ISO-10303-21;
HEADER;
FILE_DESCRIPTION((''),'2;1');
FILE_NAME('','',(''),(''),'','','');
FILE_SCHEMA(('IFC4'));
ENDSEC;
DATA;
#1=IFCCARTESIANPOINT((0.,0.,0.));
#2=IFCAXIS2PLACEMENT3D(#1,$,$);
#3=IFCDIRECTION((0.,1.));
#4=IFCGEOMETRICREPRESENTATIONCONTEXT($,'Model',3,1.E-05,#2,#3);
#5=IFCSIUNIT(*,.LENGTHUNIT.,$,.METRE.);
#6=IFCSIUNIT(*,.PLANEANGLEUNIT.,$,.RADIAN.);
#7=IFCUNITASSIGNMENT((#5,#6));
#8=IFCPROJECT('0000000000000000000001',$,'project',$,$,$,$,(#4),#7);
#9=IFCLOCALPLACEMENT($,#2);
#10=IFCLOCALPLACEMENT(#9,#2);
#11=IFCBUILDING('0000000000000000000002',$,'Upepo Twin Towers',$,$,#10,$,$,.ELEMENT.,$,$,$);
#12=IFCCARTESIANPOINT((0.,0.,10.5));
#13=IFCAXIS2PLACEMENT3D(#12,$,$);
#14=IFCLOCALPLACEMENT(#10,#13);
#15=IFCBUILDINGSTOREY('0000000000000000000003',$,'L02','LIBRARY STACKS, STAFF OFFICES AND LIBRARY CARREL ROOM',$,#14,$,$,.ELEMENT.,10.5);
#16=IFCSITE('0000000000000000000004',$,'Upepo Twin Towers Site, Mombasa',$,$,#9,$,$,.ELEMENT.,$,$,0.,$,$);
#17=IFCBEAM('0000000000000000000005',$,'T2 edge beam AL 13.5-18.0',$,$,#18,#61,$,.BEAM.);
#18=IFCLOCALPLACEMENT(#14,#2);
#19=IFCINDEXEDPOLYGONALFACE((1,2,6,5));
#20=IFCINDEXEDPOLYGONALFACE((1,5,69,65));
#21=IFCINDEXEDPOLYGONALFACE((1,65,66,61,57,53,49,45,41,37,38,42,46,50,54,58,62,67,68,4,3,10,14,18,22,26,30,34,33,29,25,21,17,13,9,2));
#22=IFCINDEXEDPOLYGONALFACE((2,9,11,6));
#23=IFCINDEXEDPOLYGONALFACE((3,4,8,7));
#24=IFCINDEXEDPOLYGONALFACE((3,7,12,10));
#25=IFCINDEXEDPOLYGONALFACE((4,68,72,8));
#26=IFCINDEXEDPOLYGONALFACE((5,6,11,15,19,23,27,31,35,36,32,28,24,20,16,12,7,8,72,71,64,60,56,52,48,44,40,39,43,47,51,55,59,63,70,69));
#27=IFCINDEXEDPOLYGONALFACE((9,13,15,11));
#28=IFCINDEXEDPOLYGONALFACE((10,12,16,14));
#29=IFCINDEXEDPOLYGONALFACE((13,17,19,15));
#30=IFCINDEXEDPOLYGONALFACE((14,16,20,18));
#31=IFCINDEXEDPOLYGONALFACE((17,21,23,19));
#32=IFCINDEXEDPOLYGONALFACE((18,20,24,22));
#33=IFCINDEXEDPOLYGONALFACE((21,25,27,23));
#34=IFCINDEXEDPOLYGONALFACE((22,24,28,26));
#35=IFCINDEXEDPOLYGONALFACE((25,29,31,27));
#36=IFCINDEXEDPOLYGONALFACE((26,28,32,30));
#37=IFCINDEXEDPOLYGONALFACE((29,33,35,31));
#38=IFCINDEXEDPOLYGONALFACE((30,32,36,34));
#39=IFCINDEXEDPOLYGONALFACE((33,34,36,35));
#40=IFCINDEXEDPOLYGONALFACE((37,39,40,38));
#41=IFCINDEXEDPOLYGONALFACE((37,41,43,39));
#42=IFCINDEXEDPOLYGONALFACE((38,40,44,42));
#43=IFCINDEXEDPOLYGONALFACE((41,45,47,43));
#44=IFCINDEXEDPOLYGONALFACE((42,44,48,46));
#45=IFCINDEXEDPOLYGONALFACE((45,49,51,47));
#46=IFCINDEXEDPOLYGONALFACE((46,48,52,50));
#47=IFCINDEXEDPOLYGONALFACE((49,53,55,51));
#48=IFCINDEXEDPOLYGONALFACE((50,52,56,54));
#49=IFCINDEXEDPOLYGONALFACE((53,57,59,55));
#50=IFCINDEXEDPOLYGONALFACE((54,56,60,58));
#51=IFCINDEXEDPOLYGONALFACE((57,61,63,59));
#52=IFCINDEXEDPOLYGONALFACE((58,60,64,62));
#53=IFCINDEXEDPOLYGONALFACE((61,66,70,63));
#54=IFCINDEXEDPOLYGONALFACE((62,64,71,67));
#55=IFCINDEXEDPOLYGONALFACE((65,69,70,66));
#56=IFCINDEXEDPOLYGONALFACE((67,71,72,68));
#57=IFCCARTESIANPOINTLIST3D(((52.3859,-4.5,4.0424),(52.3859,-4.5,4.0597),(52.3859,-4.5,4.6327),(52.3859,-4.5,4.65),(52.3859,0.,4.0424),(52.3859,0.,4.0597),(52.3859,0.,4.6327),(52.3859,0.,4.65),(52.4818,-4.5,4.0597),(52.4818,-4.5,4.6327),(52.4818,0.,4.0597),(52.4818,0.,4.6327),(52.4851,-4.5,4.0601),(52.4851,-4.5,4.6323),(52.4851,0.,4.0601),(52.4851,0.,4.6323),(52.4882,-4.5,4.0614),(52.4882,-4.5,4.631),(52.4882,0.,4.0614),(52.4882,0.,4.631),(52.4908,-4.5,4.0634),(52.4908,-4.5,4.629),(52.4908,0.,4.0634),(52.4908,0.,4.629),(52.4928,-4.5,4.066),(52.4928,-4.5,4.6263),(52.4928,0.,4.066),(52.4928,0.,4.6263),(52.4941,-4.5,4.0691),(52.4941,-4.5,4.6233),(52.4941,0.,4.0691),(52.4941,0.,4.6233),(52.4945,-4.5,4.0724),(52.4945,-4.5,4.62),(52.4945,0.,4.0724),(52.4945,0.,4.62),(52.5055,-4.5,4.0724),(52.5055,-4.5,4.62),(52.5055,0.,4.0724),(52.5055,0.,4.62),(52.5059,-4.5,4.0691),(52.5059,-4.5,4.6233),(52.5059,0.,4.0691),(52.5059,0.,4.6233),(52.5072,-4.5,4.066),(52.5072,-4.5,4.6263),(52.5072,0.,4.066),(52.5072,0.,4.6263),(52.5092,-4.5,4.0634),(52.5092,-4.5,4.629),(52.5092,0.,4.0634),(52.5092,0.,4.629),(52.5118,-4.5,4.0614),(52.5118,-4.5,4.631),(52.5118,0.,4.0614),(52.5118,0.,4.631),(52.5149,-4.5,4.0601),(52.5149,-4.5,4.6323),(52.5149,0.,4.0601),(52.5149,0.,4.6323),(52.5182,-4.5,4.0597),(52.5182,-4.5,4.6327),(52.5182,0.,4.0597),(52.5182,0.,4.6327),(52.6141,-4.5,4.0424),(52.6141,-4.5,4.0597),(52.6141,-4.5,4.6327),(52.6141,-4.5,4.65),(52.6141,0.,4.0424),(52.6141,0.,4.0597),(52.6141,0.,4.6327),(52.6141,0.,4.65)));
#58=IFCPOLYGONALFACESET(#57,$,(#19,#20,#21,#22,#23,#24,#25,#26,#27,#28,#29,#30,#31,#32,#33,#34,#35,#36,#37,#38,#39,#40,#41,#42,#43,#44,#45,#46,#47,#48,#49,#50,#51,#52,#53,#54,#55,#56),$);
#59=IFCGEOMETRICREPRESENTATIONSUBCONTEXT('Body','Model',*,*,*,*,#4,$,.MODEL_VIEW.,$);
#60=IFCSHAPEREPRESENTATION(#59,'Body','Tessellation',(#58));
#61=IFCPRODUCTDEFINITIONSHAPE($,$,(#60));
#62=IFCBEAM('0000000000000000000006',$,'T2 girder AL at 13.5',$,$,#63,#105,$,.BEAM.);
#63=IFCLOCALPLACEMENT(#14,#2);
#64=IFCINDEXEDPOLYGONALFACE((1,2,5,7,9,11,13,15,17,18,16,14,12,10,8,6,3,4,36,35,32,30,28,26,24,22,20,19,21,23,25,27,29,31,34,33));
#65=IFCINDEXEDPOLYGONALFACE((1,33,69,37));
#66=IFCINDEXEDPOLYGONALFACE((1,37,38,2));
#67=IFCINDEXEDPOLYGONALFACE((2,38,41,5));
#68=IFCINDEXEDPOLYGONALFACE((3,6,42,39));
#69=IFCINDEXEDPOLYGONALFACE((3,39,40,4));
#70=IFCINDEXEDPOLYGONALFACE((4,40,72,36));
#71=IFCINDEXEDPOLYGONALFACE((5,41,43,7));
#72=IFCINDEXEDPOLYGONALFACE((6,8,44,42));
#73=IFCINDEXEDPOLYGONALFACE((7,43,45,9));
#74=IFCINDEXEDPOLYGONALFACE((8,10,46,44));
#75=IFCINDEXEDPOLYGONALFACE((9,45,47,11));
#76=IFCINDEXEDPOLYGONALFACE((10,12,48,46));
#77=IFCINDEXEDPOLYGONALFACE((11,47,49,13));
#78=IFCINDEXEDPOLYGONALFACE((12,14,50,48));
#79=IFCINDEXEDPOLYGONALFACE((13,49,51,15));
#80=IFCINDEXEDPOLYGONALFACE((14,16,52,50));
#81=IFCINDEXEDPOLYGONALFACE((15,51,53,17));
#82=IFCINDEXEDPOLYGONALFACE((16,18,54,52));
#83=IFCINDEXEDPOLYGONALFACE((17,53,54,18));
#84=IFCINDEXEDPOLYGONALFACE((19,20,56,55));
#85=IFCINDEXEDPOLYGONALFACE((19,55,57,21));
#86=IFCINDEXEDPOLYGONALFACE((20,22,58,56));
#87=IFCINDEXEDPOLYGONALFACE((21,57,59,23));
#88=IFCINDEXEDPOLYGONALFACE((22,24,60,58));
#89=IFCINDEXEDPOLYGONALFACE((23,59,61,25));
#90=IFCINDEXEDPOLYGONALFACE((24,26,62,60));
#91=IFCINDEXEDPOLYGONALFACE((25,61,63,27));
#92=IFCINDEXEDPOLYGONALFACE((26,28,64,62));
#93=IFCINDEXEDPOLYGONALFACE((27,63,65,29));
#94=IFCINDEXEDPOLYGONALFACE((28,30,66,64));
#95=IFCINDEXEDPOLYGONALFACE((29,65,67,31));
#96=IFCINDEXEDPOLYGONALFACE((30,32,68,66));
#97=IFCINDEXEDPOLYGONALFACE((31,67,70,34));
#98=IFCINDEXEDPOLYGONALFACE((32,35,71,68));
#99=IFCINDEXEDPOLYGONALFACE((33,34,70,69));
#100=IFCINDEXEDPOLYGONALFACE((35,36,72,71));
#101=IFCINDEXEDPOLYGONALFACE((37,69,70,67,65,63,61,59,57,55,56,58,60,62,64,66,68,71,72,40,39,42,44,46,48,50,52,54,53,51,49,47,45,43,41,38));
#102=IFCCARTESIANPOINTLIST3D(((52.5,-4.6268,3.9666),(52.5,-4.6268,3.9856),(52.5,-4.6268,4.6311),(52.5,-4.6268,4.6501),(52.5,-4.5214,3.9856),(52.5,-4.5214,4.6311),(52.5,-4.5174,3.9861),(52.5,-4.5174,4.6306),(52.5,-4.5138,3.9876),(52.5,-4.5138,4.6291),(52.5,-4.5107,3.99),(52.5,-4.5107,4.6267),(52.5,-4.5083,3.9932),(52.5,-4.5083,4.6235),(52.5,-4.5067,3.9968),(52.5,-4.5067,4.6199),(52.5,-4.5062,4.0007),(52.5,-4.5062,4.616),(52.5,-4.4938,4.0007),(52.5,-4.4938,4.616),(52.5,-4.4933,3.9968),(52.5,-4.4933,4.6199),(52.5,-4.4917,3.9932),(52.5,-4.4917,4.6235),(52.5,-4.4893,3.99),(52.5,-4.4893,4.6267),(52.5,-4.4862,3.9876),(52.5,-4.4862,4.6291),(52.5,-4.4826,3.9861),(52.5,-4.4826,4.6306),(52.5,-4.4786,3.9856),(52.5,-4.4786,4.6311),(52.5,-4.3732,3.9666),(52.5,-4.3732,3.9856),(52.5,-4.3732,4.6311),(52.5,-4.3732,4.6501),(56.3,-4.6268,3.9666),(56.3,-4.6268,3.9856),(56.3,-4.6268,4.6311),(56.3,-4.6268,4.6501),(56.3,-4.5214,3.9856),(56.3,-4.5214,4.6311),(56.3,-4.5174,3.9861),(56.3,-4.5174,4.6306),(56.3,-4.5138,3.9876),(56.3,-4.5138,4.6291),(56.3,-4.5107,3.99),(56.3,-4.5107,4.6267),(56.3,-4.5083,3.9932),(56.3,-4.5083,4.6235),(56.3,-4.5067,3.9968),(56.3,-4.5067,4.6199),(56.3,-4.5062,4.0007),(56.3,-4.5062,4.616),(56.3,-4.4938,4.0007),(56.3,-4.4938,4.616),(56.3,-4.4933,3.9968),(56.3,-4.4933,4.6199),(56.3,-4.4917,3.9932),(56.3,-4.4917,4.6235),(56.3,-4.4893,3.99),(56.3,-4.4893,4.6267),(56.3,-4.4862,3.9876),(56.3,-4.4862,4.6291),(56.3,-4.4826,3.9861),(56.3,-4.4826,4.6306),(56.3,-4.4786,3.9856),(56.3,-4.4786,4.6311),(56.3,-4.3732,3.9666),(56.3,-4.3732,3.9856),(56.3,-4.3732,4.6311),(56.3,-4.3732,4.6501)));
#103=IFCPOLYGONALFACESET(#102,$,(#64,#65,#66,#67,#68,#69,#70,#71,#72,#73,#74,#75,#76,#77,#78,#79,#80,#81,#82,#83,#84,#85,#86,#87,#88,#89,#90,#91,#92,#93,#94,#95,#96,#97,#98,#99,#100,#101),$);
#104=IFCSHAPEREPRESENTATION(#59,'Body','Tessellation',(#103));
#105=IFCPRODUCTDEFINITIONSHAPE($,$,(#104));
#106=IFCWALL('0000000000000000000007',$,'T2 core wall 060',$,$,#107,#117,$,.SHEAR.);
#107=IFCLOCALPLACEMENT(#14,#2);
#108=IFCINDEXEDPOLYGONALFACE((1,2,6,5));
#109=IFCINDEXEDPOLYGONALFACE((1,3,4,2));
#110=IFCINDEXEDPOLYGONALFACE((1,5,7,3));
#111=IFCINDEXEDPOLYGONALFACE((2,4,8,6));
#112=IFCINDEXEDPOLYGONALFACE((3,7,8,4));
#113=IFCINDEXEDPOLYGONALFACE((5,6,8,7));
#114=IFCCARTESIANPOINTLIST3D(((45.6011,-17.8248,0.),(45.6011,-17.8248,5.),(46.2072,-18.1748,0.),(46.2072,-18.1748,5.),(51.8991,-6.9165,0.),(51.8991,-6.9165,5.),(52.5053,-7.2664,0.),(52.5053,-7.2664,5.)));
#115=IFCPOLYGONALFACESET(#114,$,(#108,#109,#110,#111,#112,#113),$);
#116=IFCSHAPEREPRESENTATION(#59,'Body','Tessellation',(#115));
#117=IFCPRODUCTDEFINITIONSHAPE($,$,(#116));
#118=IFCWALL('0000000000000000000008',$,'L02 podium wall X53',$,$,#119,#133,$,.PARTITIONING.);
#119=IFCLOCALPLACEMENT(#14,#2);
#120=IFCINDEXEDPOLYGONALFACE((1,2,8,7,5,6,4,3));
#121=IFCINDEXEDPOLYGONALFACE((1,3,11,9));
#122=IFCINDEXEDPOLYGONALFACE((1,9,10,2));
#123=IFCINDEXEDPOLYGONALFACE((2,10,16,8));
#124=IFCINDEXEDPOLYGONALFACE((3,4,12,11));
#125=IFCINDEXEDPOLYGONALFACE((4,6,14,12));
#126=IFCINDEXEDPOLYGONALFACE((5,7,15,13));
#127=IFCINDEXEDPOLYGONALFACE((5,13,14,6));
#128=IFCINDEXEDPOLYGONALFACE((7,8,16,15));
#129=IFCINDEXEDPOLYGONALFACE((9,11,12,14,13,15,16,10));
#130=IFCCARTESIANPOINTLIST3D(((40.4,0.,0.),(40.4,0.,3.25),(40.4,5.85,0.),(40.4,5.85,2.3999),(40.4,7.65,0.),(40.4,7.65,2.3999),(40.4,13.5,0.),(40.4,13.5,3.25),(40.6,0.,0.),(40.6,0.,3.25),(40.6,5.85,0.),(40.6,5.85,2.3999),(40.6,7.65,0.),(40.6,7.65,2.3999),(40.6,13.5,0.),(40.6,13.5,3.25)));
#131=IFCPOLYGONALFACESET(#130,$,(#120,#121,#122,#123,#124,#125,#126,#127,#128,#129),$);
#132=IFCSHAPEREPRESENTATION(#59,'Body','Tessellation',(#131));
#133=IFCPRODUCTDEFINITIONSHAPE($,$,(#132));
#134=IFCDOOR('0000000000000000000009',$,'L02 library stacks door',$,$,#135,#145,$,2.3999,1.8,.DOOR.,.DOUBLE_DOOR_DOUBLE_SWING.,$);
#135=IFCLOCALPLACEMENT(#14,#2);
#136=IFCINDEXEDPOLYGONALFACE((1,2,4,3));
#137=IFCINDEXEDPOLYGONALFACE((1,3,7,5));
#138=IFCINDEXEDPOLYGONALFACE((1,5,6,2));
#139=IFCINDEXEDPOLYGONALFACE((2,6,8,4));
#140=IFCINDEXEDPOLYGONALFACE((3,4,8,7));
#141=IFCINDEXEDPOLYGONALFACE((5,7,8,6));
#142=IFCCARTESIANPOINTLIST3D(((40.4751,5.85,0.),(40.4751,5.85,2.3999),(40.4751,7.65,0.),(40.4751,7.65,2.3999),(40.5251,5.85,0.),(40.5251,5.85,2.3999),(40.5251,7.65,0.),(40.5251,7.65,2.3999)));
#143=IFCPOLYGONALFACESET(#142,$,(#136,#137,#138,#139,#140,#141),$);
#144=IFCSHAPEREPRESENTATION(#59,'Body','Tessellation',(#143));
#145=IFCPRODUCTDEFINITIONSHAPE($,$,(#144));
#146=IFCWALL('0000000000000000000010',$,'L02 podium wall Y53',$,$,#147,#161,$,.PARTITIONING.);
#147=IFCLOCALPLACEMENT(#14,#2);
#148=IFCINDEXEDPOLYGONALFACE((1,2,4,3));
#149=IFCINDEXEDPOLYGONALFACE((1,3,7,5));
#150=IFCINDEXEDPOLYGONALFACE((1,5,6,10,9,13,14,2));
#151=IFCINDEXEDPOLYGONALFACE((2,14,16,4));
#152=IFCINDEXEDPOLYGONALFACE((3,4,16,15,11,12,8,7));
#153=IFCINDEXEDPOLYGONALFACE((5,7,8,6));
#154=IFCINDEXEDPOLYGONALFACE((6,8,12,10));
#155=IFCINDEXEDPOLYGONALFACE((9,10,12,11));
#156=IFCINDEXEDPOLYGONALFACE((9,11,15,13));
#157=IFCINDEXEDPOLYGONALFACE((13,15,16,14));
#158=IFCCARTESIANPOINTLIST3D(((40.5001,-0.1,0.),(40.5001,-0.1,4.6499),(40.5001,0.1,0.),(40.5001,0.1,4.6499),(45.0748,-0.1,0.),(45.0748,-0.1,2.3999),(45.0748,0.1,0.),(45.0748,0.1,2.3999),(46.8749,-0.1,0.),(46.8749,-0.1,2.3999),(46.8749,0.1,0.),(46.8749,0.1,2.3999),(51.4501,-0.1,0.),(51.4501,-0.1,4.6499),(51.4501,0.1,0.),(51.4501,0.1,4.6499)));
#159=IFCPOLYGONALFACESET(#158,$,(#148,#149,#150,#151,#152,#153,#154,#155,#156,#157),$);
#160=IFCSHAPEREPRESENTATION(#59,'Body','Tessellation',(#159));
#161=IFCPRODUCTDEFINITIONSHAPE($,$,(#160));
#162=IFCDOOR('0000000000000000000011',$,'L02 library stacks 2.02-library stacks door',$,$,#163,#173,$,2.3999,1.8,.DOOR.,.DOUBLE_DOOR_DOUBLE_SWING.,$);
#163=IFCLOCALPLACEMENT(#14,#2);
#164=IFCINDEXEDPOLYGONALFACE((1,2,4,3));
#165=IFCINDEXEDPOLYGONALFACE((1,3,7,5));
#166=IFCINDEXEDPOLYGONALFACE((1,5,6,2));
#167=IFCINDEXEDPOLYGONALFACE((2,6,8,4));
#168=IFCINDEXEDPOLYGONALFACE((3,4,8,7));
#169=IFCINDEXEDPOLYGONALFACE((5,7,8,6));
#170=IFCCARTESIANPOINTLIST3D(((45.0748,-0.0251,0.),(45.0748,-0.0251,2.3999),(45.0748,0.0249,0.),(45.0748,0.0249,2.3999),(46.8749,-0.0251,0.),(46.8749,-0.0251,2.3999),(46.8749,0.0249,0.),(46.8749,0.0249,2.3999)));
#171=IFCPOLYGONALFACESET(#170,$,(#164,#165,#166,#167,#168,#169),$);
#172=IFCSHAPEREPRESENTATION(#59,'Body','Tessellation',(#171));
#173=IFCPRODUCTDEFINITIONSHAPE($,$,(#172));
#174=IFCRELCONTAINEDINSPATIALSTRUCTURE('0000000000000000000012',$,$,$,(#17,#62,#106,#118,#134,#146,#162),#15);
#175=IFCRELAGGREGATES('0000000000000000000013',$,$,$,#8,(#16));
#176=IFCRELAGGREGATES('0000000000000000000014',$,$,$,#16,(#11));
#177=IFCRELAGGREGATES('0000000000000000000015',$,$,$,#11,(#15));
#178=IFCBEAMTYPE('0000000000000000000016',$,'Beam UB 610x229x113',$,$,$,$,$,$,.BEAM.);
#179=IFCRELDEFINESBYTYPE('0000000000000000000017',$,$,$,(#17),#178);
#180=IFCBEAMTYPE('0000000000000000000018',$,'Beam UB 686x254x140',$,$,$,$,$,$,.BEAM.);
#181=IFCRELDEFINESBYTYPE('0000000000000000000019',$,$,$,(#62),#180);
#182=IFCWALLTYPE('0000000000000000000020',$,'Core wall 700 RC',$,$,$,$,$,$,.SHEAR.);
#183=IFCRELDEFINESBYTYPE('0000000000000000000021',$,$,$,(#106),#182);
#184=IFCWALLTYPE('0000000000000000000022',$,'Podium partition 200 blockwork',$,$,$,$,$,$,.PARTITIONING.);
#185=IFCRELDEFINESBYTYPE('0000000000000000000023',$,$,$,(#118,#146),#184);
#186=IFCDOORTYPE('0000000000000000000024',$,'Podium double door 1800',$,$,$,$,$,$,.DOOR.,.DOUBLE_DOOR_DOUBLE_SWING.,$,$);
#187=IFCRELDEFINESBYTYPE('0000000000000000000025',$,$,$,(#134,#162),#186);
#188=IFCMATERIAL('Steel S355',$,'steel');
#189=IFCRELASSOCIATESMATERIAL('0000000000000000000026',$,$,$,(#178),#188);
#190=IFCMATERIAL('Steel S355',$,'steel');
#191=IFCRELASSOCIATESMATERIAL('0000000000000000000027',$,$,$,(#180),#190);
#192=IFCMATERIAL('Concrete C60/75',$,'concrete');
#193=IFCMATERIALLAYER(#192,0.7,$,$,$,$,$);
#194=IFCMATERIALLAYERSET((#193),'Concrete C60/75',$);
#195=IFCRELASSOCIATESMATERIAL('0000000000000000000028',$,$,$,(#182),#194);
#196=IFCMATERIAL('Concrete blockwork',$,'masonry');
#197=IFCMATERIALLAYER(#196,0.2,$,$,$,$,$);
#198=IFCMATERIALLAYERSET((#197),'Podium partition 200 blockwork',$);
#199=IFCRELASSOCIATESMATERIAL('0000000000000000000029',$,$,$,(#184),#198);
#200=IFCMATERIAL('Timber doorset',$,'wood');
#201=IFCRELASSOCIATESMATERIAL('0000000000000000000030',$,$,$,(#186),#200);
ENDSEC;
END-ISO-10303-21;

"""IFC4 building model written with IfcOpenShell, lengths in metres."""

from ifc_helpers import new_model, si_unit, direction, frame, frame_2d, origin, origin_2d, place, context, subcontext, project, spatial, rectangle, i_section, extrude, material, layer, layer_set, material_profile, profile_set, type_object, element, fill, save


model = new_model("IFC4")

# Units and contexts
model_context = context("Model", 3, precision=1e-05, world=origin(), true_north=direction((0.0, 1.0)))
body_context = subcontext(model_context, "Body", "Model", "MODEL_VIEW")
ifc_project = project(units=[si_unit("LENGTHUNIT", "METRE"), si_unit("PLANEANGLEUNIT", "RADIAN")], contexts=[model_context])

# Site, building, storey
site_placement = place(None, origin())
site = spatial("IfcSite", under=ifc_project, at=site_placement, Name="Upepo Twin Towers Site, Mombasa", CompositionType="ELEMENT", RefElevation=0.0)
building_placement = place(site_placement, origin())
building = spatial("IfcBuilding", under=site, at=building_placement, Name="Upepo Twin Towers", CompositionType="ELEMENT")
storey_placement = place(building_placement, frame((0.0, 0.0, 10.5)))
storey = spatial("IfcBuildingStorey", under=building, at=storey_placement, Name="L02", Description="LIBRARY STACKS, STAFF OFFICES AND LIBRARY CARREL ROOM", CompositionType="ELEMENT", Elevation=10.5)

# Beams
ifc_material_1 = material(Name="Steel S355", Category="steel")
ifc_material_profile_1 = material_profile(ifc_material_1, i_section(OverallWidth=0.2283, OverallDepth=0.6077, WebThickness=0.011, FlangeThickness=0.0173, FilletRadius=0.0127, at=origin_2d()), Name="UB 610x229x113")
ifc_profile_set_1 = profile_set([ifc_material_profile_1], Name="Steel S355")
beam_type_1 = type_object("IfcBeamType", Name="Beam UB 610x229x113", PredefinedType="BEAM", material=ifc_profile_set_1)
beam_1_placement = place(storey_placement, frame((52.5, -4.5, 4.3462), z_axis=(0.0, 1.0, 0.0), x_axis=(-1.0, 0.0, 0.0)))
element("IfcBeam", 1, at=beam_1_placement, inside=storey, type_object=beam_type_1, Name="T2 edge beam AL 13.5-18.0", PredefinedType="BEAM", context=body_context, shape_type="SweptSolid", body=[
    extrude(i_section(OverallWidth=0.2283, OverallDepth=0.6077, WebThickness=0.011, FlangeThickness=0.0173, FilletRadius=0.0127, at=origin_2d()), origin(), (0.0, 0.0, 1.0), 4.5),
])
ifc_material_2 = material(Name="Steel S355", Category="steel")
ifc_material_profile_2 = material_profile(ifc_material_2, i_section(OverallWidth=0.2537, OverallDepth=0.6836, WebThickness=0.0125, FlangeThickness=0.019, FilletRadius=0.0151, at=origin_2d()), Name="UB 686x254x140")
ifc_profile_set_2 = profile_set([ifc_material_profile_2], Name="Steel S355")
beam_type_2 = type_object("IfcBeamType", Name="Beam UB 686x254x140", PredefinedType="BEAM", material=ifc_profile_set_2)
beam_2_placement = place(storey_placement, frame((52.5, -4.5, 4.3083), z_axis=(1.0, 0.0, 0.0), x_axis=(0.0, 1.0, 0.0)))
element("IfcBeam", 2, at=beam_2_placement, inside=storey, type_object=beam_type_2, Name="T2 girder AL at 13.5", PredefinedType="BEAM", context=body_context, shape_type="SweptSolid", body=[
    extrude(i_section(OverallWidth=0.2537, OverallDepth=0.6836, WebThickness=0.0125, FlangeThickness=0.019, FilletRadius=0.0151, at=origin_2d()), origin(), (0.0, 0.0, 1.0), 3.8),
])

# Wall
ifc_material_3 = material(Name="Concrete C60/75", Category="concrete")
ifc_layer_1 = layer(ifc_material_3, 0.7)
ifc_layer_set_1 = layer_set([ifc_layer_1], Name="Concrete C60/75")
wall_type_1 = type_object("IfcWallType", Name="Core wall 700 RC", PredefinedType="SHEAR", material=ifc_layer_set_1)
wall_1_placement = place(storey_placement, frame((52.2021, -7.0916, 0.0), z_axis=(0.0, 0.0, 1.0), x_axis=(-0.500006, -0.866022, 0.0)))
element("IfcWall", 3, at=wall_1_placement, inside=storey, type_object=wall_type_1, Name="T2 core wall 060", PredefinedType="SHEAR", context=body_context, shape_type="SweptSolid", body=[
    extrude(rectangle(XDim=12.5959, YDim=0.7, at=frame_2d((6.2979, 0.0))), origin(), (0.0, 0.0, 1.0), 5.0),
])

# Walls, openings, doors
ifc_material_4 = material(Name="Concrete blockwork", Category="masonry")
ifc_layer_2 = layer(ifc_material_4, 0.2)
ifc_layer_set_2 = layer_set([ifc_layer_2], Name="Podium partition 200 blockwork")
wall_type_2 = type_object("IfcWallType", Name="Podium partition 200 blockwork", PredefinedType="PARTITIONING", material=ifc_layer_set_2)
wall_2_placement = place(storey_placement, frame((40.5, 0.0, 0.0), z_axis=(0.0, 0.0, 1.0), x_axis=(0.0, 1.0, 0.0)))
wall_2 = element("IfcWall", 4, at=wall_2_placement, inside=storey, type_object=wall_type_2, Name="L02 podium wall X53", PredefinedType="PARTITIONING", context=body_context, shape_type="SweptSolid", body=[
    extrude(rectangle(XDim=13.5, YDim=0.2, at=frame_2d((6.75, 0.0))), origin(), (0.0, 0.0, 1.0), 3.25),
])
opening_1_placement = place(wall_2_placement, frame((5.8501, 0.0, 0.0)))
opening_1 = element("IfcOpeningElement", 5, at=opening_1_placement, cuts=wall_2, PredefinedType="OPENING", context=body_context, shape_type="SweptSolid", body=[
    extrude(rectangle(XDim=1.8, YDim=2.3999, at=frame_2d((0.8999, 1.2))), frame((0.0, 0.1099, 0.0), z_axis=(0.0, -1.0, 0.0), x_axis=(1.0, 0.0, 0.0)), (0.0, 0.0, 1.0), 0.22),
])
ifc_material_5 = material(Name="Timber doorset", Category="wood")
door_type = type_object("IfcDoorType", Name="Podium double door 1800", OperationType="DOUBLE_DOOR_DOUBLE_SWING", PredefinedType="DOOR", material=ifc_material_5)
door_1_placement = place(opening_1_placement, origin())
door_1 = element("IfcDoor", 6, at=door_1_placement, inside=storey, type_object=door_type, Name="L02 library stacks door", OperationType="DOUBLE_DOOR_DOUBLE_SWING", OverallHeight=2.3999, OverallWidth=1.8, PredefinedType="DOOR", context=body_context, shape_type="SweptSolid", body=[
    extrude(rectangle(XDim=1.8, YDim=2.3999, at=frame_2d((0.8999, 1.2))), frame((0.0, 0.0249, 0.0), z_axis=(0.0, -1.0, 0.0), x_axis=(1.0, 0.0, 0.0)), (0.0, 0.0, 1.0), 0.05),
])
fill(opening_1, door_1)
wall_3_placement = place(storey_placement, frame((40.5, 0.0, 0.0), z_axis=(0.0, 0.0, 1.0), x_axis=(1.0, 0.0, 0.0)))
wall_3 = element("IfcWall", 7, at=wall_3_placement, inside=storey, type_object=wall_type_2, Name="L02 podium wall Y53", PredefinedType="PARTITIONING", context=body_context, shape_type="SweptSolid", body=[
    extrude(rectangle(XDim=10.95, YDim=0.2, at=frame_2d((5.4751, 0.0))), origin(), (0.0, 0.0, 1.0), 4.6499),
])
opening_2_placement = place(wall_3_placement, frame((4.575, 0.0, 0.0)))
opening_2 = element("IfcOpeningElement", 8, at=opening_2_placement, cuts=wall_3, PredefinedType="OPENING", context=body_context, shape_type="SweptSolid", body=[
    extrude(rectangle(XDim=1.8, YDim=2.3999, at=frame_2d((0.8999, 1.2))), frame((0.0, 0.1099, 0.0), z_axis=(0.0, -1.0, 0.0), x_axis=(1.0, 0.0, 0.0)), (0.0, 0.0, 1.0), 0.22),
])
door_2_placement = place(opening_2_placement, origin())
door_2 = element("IfcDoor", 9, at=door_2_placement, inside=storey, type_object=door_type, Name="L02 library stacks 2.02-library stacks door", OperationType="DOUBLE_DOOR_DOUBLE_SWING", OverallHeight=2.3999, OverallWidth=1.8, PredefinedType="DOOR", context=body_context, shape_type="SweptSolid", body=[
    extrude(rectangle(XDim=1.8, YDim=2.3999, at=frame_2d((0.8999, 1.2))), frame((0.0, 0.0249, 0.0), z_axis=(0.0, -1.0, 0.0), x_axis=(1.0, 0.0, 0.0)), (0.0, 0.0, 1.0), 0.05),
])
fill(opening_2, door_2)

save(model, "model.ifc")
